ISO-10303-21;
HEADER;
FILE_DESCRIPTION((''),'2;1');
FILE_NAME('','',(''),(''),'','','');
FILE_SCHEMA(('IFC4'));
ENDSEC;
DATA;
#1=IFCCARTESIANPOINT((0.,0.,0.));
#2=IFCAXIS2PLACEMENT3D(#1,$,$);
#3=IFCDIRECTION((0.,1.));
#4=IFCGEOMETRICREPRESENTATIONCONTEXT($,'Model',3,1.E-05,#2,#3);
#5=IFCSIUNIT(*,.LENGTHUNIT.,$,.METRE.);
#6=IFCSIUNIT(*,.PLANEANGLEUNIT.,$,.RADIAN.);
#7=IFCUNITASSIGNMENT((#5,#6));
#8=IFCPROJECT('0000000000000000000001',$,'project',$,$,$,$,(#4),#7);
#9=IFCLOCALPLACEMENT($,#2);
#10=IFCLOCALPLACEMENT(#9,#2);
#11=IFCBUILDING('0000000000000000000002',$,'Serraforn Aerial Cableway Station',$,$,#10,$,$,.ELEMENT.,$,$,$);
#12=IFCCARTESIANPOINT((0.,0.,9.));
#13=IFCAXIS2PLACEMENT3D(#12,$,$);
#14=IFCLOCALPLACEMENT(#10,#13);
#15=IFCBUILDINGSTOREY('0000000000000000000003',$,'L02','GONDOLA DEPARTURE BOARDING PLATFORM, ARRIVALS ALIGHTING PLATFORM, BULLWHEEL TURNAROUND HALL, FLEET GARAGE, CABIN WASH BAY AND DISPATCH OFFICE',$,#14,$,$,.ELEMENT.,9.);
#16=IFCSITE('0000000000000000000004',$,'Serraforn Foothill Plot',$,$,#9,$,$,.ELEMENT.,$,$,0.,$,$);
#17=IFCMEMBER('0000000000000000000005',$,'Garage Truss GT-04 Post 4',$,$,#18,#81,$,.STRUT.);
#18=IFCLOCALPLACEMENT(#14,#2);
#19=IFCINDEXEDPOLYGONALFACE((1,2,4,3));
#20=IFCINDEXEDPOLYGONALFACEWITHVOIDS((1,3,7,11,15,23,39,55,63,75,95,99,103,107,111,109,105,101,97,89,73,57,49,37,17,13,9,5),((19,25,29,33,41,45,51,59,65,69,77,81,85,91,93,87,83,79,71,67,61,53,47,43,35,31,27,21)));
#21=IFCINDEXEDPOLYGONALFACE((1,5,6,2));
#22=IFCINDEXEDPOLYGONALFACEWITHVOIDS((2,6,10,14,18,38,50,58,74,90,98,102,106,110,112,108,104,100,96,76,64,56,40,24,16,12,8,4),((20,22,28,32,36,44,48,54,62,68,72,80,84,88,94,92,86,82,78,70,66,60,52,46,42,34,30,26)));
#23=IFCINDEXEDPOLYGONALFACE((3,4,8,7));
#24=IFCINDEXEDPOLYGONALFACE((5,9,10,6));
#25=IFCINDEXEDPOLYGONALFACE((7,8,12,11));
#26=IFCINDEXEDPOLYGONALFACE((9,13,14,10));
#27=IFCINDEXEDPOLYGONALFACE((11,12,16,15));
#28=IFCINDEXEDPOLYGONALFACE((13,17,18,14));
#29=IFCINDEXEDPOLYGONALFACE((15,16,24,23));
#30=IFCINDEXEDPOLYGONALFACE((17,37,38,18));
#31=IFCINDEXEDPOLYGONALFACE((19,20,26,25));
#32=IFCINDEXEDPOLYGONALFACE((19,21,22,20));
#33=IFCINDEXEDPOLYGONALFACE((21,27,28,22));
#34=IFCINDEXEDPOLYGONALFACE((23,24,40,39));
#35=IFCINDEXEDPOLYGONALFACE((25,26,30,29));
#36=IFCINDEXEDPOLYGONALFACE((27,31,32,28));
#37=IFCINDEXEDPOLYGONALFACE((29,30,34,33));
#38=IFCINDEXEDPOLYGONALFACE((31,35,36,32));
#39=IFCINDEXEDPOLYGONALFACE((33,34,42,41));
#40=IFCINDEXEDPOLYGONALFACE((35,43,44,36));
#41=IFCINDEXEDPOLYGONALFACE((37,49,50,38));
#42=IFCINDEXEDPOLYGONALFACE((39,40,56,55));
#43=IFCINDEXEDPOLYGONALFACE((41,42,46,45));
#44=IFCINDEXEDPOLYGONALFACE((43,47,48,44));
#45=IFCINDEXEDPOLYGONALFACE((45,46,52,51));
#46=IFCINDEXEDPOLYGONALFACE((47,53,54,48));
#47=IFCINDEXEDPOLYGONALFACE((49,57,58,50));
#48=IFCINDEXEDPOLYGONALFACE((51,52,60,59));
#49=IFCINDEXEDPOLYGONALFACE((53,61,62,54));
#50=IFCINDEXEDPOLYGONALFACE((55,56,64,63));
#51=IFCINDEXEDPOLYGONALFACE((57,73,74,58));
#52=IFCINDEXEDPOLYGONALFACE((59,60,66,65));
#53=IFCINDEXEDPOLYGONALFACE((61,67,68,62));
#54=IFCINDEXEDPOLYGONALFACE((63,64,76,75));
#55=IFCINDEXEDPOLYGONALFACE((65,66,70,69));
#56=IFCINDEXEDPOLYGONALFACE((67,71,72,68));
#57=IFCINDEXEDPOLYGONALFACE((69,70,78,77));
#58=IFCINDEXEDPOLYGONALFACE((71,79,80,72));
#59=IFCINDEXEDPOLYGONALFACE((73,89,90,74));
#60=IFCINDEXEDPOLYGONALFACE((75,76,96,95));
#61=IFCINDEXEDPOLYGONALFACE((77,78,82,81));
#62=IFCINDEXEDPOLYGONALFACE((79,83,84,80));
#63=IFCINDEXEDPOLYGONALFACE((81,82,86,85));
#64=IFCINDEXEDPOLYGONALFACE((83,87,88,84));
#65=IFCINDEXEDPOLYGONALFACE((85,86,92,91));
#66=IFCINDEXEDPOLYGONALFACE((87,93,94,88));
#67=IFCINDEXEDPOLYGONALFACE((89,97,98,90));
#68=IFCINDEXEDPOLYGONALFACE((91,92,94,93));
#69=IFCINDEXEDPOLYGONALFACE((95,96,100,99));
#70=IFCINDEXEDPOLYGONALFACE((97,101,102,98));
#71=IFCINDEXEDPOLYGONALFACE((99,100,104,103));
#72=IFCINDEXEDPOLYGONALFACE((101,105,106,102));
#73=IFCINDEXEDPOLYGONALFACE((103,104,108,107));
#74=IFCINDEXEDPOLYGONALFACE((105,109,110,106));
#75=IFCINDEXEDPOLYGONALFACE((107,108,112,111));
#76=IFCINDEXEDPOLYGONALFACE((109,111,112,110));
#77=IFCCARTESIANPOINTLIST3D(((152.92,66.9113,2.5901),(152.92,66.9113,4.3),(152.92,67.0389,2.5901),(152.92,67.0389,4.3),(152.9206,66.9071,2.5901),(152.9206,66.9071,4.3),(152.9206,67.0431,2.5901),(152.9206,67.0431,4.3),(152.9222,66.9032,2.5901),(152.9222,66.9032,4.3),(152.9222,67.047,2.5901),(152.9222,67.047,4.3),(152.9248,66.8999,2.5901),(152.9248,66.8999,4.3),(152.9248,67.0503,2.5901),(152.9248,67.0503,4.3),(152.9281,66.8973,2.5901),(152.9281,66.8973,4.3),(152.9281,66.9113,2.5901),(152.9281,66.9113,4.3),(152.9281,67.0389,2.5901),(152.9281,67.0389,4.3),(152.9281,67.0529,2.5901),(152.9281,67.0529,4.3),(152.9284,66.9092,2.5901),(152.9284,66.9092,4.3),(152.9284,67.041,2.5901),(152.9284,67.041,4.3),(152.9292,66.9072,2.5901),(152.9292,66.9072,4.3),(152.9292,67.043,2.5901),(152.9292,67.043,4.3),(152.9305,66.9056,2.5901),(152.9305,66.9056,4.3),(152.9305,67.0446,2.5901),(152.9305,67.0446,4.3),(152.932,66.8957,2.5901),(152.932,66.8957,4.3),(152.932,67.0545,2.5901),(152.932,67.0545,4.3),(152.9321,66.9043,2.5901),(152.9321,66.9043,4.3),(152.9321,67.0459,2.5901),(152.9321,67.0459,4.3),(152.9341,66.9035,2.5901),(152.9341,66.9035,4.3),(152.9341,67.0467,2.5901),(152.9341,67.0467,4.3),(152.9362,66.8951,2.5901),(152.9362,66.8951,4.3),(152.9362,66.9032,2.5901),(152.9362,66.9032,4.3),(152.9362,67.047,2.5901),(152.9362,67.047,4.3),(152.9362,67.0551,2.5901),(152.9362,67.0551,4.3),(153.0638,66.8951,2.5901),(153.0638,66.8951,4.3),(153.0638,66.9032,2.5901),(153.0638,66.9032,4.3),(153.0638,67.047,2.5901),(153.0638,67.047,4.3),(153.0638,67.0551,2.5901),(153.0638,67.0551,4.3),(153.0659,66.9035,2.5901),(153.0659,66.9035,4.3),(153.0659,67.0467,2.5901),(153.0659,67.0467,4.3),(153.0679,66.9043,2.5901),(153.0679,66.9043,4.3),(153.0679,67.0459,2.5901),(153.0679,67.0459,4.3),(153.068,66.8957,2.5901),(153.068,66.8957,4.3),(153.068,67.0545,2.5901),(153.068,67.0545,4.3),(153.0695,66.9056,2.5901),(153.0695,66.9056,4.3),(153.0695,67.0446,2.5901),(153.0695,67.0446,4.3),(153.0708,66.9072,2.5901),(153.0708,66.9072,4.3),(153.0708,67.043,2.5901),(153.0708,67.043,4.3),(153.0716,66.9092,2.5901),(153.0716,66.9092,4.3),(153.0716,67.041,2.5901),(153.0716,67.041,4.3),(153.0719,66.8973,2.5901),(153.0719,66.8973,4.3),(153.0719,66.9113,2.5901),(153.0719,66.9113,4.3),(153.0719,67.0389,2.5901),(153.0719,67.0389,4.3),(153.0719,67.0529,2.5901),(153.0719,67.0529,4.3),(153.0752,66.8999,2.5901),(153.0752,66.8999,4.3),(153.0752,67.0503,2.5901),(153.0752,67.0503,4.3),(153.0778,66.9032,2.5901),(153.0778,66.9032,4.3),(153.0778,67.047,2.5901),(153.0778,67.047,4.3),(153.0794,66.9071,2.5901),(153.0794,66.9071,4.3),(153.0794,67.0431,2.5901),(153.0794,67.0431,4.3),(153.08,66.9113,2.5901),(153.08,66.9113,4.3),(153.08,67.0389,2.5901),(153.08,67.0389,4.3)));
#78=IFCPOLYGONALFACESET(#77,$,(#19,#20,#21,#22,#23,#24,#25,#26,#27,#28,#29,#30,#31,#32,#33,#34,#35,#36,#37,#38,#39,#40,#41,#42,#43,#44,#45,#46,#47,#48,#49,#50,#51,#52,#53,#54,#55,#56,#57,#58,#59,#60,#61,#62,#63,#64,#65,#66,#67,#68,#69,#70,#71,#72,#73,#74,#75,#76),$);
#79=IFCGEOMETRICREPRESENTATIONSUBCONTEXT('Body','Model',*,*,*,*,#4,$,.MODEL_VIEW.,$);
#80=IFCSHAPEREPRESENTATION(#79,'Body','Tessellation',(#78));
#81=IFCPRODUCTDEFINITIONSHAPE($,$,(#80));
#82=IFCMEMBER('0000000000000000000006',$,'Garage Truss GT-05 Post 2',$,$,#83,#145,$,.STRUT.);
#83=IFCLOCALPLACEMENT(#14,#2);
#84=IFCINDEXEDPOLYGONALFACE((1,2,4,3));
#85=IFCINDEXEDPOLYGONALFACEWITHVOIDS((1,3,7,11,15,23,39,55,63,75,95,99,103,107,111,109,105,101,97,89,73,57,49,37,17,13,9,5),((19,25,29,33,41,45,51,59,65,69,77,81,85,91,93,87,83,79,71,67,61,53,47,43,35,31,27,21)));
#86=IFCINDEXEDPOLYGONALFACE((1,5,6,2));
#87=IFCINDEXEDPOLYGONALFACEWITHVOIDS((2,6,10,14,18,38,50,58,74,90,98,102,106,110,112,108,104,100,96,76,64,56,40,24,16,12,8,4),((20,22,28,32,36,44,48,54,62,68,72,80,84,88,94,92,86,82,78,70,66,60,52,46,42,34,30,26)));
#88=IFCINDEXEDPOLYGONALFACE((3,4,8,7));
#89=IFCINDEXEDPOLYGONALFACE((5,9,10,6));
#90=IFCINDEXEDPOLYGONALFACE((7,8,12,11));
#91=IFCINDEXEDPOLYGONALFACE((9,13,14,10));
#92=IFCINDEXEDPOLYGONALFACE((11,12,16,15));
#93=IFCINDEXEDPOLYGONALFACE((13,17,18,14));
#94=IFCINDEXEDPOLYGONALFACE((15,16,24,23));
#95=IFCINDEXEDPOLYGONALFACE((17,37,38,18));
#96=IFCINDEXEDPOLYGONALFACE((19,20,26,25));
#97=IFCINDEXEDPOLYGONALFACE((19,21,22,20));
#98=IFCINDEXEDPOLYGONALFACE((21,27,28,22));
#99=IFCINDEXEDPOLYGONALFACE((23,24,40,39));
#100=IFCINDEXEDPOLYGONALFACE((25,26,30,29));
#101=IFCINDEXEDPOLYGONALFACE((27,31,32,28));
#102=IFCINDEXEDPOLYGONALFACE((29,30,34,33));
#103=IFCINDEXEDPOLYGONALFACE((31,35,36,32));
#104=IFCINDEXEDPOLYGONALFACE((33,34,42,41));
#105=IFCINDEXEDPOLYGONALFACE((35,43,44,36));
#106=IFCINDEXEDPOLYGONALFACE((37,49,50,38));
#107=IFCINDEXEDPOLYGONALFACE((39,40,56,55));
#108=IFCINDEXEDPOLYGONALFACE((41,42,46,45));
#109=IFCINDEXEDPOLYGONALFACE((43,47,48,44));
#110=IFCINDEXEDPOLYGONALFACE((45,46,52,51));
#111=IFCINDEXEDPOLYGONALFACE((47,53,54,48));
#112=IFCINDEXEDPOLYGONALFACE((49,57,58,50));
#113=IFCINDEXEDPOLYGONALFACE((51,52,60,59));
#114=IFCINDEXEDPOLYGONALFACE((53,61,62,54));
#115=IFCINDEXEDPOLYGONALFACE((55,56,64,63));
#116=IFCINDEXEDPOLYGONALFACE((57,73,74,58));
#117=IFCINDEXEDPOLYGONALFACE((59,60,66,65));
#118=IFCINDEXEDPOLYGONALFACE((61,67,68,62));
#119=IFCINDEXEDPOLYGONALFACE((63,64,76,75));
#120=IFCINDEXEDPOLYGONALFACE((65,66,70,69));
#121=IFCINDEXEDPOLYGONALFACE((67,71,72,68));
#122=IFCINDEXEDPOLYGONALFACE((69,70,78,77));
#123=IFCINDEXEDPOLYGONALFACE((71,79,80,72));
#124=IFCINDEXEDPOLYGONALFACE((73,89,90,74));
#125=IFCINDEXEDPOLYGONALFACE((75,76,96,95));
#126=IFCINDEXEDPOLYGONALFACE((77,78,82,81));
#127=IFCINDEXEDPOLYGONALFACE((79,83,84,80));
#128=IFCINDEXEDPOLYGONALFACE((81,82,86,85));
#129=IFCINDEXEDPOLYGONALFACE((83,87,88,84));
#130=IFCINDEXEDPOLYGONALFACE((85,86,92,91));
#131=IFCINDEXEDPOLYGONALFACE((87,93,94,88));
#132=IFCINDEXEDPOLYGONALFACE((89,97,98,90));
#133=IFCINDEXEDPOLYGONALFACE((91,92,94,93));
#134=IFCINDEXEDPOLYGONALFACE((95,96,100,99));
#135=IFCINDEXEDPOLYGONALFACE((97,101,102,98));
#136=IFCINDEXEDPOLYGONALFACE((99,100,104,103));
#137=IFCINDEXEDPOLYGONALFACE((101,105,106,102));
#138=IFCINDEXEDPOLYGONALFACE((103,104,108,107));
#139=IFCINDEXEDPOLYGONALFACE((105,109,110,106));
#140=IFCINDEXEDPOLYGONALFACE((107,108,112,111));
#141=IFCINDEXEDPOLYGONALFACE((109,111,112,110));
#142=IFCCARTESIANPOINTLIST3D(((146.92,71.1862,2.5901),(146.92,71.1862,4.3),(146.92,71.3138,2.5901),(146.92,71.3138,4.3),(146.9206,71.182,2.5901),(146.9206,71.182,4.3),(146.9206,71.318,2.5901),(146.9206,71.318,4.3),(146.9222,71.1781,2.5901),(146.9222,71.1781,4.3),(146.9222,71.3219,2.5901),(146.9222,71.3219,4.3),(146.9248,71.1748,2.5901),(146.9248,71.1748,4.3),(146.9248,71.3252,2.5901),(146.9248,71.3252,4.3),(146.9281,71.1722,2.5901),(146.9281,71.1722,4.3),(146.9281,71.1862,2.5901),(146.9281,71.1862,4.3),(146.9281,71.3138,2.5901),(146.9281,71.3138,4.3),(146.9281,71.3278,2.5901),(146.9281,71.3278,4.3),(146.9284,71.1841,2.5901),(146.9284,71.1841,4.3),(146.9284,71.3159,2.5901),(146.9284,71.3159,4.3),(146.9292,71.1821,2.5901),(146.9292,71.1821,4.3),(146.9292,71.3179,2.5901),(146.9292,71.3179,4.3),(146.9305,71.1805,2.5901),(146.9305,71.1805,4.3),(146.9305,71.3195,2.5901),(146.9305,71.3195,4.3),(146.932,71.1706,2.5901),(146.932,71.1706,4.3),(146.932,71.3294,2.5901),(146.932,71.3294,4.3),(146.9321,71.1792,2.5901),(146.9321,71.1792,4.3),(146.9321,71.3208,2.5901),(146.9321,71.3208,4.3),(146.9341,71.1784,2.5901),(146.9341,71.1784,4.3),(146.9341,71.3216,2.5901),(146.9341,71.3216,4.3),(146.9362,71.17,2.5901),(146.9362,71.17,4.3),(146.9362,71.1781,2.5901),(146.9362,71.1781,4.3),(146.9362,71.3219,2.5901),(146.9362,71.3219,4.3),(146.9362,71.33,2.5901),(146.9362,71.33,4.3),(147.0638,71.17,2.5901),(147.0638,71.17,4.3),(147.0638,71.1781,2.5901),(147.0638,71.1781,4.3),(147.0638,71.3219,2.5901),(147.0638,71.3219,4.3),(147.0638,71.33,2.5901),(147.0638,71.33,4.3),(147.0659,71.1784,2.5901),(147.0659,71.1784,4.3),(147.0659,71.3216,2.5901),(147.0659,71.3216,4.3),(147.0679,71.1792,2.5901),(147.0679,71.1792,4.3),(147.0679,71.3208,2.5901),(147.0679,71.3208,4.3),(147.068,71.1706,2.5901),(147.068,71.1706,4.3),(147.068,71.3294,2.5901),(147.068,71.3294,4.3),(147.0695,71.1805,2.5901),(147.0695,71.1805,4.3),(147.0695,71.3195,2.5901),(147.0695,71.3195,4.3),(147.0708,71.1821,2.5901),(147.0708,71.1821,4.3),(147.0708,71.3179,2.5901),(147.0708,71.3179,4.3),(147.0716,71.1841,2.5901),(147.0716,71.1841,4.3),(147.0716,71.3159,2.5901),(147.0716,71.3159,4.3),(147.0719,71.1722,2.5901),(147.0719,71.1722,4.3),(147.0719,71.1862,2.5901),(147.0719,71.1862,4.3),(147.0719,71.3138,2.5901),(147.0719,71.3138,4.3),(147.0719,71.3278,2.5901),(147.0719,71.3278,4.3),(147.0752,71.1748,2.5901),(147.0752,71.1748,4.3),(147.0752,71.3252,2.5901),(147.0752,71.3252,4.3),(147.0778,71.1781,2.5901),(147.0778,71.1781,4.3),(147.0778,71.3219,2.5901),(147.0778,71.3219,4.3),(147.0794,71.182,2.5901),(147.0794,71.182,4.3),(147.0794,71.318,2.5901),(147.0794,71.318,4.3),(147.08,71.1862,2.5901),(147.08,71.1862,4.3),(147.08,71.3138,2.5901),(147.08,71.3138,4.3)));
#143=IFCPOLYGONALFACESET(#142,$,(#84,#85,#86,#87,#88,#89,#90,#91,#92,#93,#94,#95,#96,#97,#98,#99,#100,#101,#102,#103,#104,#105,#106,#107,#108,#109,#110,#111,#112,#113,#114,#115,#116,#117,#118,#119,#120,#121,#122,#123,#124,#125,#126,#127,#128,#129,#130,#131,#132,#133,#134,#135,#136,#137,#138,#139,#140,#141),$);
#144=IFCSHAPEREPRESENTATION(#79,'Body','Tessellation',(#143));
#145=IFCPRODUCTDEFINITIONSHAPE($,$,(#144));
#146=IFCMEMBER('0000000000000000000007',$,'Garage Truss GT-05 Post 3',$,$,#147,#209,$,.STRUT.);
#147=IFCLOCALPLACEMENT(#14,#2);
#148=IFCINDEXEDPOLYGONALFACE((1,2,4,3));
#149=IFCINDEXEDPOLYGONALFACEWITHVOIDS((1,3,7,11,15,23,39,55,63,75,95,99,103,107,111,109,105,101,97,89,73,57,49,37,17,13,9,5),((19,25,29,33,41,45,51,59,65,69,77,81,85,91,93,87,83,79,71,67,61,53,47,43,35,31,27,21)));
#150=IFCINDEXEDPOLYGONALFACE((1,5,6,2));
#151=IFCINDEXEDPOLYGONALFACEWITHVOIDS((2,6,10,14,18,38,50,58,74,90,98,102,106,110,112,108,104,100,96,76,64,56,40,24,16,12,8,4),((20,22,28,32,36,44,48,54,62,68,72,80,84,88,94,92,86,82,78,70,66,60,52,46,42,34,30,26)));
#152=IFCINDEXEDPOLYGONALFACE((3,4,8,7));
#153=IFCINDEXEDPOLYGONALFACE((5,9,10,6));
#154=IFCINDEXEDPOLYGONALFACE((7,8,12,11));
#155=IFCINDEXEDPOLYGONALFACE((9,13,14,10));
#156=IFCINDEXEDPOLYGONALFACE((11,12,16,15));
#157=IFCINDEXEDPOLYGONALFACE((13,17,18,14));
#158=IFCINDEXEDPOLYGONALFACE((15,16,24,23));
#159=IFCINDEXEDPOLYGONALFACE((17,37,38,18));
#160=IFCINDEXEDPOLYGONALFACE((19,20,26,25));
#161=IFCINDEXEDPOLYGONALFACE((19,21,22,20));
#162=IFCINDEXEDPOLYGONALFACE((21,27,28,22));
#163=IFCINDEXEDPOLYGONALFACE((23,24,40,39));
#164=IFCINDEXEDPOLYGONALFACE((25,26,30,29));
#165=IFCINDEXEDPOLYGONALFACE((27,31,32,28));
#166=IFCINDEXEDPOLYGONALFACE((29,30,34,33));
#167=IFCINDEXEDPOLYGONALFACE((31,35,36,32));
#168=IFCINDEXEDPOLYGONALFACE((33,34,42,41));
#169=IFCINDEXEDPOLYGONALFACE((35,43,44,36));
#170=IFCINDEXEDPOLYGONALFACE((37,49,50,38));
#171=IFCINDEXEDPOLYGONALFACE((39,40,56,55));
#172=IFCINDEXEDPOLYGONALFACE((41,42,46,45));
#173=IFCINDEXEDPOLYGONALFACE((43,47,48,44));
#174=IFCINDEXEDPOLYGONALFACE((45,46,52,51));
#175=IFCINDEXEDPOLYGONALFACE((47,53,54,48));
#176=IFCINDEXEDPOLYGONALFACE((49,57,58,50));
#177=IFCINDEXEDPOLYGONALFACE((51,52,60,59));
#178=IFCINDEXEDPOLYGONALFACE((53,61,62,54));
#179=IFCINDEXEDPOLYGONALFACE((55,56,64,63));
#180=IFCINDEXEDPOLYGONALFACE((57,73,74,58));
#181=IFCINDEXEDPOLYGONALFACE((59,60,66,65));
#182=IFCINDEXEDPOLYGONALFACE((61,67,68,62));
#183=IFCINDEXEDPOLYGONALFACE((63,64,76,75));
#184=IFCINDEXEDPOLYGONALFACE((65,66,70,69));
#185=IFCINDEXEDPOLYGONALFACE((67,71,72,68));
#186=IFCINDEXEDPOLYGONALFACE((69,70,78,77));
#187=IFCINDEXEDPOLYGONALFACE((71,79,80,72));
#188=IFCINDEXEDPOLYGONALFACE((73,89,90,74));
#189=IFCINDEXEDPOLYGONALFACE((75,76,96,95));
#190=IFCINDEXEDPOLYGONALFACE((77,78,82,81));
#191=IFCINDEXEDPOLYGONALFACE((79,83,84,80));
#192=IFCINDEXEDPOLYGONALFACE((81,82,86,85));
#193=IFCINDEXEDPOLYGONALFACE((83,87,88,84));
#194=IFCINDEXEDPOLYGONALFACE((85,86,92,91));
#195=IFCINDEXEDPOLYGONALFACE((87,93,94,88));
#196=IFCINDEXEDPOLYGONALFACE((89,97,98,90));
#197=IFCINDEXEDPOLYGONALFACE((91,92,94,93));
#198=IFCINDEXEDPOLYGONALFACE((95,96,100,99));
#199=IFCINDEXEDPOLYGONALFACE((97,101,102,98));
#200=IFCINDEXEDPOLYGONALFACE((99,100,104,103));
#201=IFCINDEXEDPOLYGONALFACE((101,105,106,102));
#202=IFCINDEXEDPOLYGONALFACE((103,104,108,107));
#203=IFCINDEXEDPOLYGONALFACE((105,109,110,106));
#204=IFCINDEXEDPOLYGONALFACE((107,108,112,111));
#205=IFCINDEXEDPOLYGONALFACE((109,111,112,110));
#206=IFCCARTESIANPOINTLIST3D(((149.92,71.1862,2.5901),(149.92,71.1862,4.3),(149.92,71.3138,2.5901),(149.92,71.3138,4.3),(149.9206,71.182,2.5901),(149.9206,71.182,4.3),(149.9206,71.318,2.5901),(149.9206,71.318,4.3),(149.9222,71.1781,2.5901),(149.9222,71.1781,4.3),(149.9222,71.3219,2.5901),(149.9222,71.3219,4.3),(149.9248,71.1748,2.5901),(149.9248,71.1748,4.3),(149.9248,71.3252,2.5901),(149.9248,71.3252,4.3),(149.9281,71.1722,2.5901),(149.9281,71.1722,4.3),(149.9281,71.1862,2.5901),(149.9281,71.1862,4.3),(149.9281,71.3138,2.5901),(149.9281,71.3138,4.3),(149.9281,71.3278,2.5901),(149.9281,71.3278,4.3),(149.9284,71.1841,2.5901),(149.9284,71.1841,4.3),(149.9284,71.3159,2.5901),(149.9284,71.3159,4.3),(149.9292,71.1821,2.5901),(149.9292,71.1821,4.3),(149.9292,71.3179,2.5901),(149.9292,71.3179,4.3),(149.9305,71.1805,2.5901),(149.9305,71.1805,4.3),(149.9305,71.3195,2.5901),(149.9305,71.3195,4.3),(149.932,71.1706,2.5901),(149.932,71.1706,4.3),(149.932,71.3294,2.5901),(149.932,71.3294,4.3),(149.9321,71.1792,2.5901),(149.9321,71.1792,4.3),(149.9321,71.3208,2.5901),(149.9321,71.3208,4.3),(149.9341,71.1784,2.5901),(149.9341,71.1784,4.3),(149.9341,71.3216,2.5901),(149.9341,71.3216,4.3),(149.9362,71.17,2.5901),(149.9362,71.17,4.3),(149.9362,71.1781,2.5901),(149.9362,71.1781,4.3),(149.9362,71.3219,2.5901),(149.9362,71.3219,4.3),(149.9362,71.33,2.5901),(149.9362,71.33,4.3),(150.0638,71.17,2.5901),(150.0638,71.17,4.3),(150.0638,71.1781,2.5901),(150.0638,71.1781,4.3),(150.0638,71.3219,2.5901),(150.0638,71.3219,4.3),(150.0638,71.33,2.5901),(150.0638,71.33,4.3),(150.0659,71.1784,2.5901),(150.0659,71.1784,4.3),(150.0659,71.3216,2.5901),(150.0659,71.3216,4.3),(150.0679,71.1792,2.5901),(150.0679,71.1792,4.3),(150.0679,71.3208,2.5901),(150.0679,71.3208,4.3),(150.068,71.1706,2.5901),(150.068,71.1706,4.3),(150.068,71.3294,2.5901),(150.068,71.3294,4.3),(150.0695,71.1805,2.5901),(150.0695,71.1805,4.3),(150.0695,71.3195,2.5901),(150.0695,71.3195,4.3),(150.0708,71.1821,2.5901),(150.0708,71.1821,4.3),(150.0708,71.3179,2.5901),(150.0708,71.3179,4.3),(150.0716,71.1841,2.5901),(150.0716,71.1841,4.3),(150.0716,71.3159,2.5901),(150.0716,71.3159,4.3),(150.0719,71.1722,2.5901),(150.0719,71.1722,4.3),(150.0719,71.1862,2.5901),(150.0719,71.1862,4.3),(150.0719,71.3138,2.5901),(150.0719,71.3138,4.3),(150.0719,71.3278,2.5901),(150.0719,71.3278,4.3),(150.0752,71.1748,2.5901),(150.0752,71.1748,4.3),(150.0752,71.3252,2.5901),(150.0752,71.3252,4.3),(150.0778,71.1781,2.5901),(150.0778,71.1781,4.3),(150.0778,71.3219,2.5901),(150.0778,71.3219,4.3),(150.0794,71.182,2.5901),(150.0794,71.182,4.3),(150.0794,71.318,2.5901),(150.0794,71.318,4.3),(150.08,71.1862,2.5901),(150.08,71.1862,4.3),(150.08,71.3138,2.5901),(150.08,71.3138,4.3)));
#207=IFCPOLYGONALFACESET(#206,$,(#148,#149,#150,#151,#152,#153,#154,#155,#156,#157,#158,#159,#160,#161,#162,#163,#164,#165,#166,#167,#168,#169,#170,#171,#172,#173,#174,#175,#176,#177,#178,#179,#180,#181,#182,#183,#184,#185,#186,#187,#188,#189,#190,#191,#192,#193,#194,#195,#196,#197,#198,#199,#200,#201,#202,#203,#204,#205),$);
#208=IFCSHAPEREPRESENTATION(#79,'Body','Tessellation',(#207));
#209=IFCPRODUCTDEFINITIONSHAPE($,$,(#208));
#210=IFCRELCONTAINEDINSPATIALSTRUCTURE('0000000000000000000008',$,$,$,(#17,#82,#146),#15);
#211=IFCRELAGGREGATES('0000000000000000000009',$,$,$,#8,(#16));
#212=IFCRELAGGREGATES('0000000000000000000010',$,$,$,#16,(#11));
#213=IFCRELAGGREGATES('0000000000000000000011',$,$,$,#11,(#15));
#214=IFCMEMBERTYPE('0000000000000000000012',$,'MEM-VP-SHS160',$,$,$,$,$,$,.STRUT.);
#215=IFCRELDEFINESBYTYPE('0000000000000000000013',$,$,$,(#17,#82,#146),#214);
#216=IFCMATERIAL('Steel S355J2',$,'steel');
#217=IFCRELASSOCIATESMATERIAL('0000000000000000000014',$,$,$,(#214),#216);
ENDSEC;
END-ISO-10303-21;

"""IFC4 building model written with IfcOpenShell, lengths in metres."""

from ifc_helpers import new_model, si_unit, direction, frame, origin, origin_2d, place, context, subcontext, project, spatial, hollow_rectangle, extrude, material, material_profile, profile_set, type_object, element, save


model = new_model("IFC4")

# Units and contexts
model_context = context("Model", 3, precision=1e-05, world=origin(), true_north=direction((0.0, 1.0)))
body_context = subcontext(model_context, "Body", "Model", "MODEL_VIEW")
ifc_project = project(units=[si_unit("LENGTHUNIT", "METRE"), si_unit("PLANEANGLEUNIT", "RADIAN")], contexts=[model_context])

# Site, building, storey
site_placement = place(None, origin())
site = spatial("IfcSite", under=ifc_project, at=site_placement, Name="Serraforn Foothill Plot", CompositionType="ELEMENT", RefElevation=0.0)
building_placement = place(site_placement, origin())
building = spatial("IfcBuilding", under=site, at=building_placement, Name="Serraforn Aerial Cableway Station", CompositionType="ELEMENT")
storey_placement = place(building_placement, frame((0.0, 0.0, 9.0)))
storey = spatial("IfcBuildingStorey", under=building, at=storey_placement, Name="L02", Description="GONDOLA DEPARTURE BOARDING PLATFORM, ARRIVALS ALIGHTING PLATFORM, BULLWHEEL TURNAROUND HALL, FLEET GARAGE, CABIN WASH BAY AND DISPATCH OFFICE", CompositionType="ELEMENT", Elevation=9.0)

# Members
ifc_material_1 = material(Name="Steel S355J2", Category="steel")
ifc_material_profile_1 = material_profile(ifc_material_1, hollow_rectangle(XDim=0.1599, YDim=0.1599, WallThickness=0.0081, InnerFilletRadius=0.0081, OuterFilletRadius=0.0161, at=origin_2d()), Name="SHS 160x160x8.0")
ifc_profile_set_1 = profile_set([ifc_material_profile_1], Name="Steel S355J2")
member_type_1 = type_object("IfcMemberType", Name="MEM-VP-SHS160", PredefinedType="STRUT", material=ifc_profile_set_1)
for number, where, z_axis, x_axis, name in (
    (1, (153.0, 66.9751, 2.5901), (0.0, 0.0, 1.0), (1.0, 0.0, 0.0), "Garage Truss GT-04 Post 4"),
    (2, (147.0, 71.25, 2.5901), (0.0, 0.0, 1.0), (1.0, 0.0, 0.0), "Garage Truss GT-05 Post 2"),
    (3, (150.0, 71.25, 2.5901), (0.0, 0.0, 1.0), (1.0, 0.0, 0.0), "Garage Truss GT-05 Post 3"),
):
    element("IfcMember", number, at=place(storey_placement, frame(where, z_axis=z_axis, x_axis=x_axis)), inside=storey, type_object=member_type_1, Name=name, PredefinedType="STRUT", context=body_context, shape_type="SweptSolid", body=[
        extrude(hollow_rectangle(XDim=0.1599, YDim=0.1599, WallThickness=0.0081, InnerFilletRadius=0.0081, OuterFilletRadius=0.0161, at=origin_2d()), origin(), (0.0, 0.0, 1.0), 1.71),
    ])

save(model, "model.ifc")
